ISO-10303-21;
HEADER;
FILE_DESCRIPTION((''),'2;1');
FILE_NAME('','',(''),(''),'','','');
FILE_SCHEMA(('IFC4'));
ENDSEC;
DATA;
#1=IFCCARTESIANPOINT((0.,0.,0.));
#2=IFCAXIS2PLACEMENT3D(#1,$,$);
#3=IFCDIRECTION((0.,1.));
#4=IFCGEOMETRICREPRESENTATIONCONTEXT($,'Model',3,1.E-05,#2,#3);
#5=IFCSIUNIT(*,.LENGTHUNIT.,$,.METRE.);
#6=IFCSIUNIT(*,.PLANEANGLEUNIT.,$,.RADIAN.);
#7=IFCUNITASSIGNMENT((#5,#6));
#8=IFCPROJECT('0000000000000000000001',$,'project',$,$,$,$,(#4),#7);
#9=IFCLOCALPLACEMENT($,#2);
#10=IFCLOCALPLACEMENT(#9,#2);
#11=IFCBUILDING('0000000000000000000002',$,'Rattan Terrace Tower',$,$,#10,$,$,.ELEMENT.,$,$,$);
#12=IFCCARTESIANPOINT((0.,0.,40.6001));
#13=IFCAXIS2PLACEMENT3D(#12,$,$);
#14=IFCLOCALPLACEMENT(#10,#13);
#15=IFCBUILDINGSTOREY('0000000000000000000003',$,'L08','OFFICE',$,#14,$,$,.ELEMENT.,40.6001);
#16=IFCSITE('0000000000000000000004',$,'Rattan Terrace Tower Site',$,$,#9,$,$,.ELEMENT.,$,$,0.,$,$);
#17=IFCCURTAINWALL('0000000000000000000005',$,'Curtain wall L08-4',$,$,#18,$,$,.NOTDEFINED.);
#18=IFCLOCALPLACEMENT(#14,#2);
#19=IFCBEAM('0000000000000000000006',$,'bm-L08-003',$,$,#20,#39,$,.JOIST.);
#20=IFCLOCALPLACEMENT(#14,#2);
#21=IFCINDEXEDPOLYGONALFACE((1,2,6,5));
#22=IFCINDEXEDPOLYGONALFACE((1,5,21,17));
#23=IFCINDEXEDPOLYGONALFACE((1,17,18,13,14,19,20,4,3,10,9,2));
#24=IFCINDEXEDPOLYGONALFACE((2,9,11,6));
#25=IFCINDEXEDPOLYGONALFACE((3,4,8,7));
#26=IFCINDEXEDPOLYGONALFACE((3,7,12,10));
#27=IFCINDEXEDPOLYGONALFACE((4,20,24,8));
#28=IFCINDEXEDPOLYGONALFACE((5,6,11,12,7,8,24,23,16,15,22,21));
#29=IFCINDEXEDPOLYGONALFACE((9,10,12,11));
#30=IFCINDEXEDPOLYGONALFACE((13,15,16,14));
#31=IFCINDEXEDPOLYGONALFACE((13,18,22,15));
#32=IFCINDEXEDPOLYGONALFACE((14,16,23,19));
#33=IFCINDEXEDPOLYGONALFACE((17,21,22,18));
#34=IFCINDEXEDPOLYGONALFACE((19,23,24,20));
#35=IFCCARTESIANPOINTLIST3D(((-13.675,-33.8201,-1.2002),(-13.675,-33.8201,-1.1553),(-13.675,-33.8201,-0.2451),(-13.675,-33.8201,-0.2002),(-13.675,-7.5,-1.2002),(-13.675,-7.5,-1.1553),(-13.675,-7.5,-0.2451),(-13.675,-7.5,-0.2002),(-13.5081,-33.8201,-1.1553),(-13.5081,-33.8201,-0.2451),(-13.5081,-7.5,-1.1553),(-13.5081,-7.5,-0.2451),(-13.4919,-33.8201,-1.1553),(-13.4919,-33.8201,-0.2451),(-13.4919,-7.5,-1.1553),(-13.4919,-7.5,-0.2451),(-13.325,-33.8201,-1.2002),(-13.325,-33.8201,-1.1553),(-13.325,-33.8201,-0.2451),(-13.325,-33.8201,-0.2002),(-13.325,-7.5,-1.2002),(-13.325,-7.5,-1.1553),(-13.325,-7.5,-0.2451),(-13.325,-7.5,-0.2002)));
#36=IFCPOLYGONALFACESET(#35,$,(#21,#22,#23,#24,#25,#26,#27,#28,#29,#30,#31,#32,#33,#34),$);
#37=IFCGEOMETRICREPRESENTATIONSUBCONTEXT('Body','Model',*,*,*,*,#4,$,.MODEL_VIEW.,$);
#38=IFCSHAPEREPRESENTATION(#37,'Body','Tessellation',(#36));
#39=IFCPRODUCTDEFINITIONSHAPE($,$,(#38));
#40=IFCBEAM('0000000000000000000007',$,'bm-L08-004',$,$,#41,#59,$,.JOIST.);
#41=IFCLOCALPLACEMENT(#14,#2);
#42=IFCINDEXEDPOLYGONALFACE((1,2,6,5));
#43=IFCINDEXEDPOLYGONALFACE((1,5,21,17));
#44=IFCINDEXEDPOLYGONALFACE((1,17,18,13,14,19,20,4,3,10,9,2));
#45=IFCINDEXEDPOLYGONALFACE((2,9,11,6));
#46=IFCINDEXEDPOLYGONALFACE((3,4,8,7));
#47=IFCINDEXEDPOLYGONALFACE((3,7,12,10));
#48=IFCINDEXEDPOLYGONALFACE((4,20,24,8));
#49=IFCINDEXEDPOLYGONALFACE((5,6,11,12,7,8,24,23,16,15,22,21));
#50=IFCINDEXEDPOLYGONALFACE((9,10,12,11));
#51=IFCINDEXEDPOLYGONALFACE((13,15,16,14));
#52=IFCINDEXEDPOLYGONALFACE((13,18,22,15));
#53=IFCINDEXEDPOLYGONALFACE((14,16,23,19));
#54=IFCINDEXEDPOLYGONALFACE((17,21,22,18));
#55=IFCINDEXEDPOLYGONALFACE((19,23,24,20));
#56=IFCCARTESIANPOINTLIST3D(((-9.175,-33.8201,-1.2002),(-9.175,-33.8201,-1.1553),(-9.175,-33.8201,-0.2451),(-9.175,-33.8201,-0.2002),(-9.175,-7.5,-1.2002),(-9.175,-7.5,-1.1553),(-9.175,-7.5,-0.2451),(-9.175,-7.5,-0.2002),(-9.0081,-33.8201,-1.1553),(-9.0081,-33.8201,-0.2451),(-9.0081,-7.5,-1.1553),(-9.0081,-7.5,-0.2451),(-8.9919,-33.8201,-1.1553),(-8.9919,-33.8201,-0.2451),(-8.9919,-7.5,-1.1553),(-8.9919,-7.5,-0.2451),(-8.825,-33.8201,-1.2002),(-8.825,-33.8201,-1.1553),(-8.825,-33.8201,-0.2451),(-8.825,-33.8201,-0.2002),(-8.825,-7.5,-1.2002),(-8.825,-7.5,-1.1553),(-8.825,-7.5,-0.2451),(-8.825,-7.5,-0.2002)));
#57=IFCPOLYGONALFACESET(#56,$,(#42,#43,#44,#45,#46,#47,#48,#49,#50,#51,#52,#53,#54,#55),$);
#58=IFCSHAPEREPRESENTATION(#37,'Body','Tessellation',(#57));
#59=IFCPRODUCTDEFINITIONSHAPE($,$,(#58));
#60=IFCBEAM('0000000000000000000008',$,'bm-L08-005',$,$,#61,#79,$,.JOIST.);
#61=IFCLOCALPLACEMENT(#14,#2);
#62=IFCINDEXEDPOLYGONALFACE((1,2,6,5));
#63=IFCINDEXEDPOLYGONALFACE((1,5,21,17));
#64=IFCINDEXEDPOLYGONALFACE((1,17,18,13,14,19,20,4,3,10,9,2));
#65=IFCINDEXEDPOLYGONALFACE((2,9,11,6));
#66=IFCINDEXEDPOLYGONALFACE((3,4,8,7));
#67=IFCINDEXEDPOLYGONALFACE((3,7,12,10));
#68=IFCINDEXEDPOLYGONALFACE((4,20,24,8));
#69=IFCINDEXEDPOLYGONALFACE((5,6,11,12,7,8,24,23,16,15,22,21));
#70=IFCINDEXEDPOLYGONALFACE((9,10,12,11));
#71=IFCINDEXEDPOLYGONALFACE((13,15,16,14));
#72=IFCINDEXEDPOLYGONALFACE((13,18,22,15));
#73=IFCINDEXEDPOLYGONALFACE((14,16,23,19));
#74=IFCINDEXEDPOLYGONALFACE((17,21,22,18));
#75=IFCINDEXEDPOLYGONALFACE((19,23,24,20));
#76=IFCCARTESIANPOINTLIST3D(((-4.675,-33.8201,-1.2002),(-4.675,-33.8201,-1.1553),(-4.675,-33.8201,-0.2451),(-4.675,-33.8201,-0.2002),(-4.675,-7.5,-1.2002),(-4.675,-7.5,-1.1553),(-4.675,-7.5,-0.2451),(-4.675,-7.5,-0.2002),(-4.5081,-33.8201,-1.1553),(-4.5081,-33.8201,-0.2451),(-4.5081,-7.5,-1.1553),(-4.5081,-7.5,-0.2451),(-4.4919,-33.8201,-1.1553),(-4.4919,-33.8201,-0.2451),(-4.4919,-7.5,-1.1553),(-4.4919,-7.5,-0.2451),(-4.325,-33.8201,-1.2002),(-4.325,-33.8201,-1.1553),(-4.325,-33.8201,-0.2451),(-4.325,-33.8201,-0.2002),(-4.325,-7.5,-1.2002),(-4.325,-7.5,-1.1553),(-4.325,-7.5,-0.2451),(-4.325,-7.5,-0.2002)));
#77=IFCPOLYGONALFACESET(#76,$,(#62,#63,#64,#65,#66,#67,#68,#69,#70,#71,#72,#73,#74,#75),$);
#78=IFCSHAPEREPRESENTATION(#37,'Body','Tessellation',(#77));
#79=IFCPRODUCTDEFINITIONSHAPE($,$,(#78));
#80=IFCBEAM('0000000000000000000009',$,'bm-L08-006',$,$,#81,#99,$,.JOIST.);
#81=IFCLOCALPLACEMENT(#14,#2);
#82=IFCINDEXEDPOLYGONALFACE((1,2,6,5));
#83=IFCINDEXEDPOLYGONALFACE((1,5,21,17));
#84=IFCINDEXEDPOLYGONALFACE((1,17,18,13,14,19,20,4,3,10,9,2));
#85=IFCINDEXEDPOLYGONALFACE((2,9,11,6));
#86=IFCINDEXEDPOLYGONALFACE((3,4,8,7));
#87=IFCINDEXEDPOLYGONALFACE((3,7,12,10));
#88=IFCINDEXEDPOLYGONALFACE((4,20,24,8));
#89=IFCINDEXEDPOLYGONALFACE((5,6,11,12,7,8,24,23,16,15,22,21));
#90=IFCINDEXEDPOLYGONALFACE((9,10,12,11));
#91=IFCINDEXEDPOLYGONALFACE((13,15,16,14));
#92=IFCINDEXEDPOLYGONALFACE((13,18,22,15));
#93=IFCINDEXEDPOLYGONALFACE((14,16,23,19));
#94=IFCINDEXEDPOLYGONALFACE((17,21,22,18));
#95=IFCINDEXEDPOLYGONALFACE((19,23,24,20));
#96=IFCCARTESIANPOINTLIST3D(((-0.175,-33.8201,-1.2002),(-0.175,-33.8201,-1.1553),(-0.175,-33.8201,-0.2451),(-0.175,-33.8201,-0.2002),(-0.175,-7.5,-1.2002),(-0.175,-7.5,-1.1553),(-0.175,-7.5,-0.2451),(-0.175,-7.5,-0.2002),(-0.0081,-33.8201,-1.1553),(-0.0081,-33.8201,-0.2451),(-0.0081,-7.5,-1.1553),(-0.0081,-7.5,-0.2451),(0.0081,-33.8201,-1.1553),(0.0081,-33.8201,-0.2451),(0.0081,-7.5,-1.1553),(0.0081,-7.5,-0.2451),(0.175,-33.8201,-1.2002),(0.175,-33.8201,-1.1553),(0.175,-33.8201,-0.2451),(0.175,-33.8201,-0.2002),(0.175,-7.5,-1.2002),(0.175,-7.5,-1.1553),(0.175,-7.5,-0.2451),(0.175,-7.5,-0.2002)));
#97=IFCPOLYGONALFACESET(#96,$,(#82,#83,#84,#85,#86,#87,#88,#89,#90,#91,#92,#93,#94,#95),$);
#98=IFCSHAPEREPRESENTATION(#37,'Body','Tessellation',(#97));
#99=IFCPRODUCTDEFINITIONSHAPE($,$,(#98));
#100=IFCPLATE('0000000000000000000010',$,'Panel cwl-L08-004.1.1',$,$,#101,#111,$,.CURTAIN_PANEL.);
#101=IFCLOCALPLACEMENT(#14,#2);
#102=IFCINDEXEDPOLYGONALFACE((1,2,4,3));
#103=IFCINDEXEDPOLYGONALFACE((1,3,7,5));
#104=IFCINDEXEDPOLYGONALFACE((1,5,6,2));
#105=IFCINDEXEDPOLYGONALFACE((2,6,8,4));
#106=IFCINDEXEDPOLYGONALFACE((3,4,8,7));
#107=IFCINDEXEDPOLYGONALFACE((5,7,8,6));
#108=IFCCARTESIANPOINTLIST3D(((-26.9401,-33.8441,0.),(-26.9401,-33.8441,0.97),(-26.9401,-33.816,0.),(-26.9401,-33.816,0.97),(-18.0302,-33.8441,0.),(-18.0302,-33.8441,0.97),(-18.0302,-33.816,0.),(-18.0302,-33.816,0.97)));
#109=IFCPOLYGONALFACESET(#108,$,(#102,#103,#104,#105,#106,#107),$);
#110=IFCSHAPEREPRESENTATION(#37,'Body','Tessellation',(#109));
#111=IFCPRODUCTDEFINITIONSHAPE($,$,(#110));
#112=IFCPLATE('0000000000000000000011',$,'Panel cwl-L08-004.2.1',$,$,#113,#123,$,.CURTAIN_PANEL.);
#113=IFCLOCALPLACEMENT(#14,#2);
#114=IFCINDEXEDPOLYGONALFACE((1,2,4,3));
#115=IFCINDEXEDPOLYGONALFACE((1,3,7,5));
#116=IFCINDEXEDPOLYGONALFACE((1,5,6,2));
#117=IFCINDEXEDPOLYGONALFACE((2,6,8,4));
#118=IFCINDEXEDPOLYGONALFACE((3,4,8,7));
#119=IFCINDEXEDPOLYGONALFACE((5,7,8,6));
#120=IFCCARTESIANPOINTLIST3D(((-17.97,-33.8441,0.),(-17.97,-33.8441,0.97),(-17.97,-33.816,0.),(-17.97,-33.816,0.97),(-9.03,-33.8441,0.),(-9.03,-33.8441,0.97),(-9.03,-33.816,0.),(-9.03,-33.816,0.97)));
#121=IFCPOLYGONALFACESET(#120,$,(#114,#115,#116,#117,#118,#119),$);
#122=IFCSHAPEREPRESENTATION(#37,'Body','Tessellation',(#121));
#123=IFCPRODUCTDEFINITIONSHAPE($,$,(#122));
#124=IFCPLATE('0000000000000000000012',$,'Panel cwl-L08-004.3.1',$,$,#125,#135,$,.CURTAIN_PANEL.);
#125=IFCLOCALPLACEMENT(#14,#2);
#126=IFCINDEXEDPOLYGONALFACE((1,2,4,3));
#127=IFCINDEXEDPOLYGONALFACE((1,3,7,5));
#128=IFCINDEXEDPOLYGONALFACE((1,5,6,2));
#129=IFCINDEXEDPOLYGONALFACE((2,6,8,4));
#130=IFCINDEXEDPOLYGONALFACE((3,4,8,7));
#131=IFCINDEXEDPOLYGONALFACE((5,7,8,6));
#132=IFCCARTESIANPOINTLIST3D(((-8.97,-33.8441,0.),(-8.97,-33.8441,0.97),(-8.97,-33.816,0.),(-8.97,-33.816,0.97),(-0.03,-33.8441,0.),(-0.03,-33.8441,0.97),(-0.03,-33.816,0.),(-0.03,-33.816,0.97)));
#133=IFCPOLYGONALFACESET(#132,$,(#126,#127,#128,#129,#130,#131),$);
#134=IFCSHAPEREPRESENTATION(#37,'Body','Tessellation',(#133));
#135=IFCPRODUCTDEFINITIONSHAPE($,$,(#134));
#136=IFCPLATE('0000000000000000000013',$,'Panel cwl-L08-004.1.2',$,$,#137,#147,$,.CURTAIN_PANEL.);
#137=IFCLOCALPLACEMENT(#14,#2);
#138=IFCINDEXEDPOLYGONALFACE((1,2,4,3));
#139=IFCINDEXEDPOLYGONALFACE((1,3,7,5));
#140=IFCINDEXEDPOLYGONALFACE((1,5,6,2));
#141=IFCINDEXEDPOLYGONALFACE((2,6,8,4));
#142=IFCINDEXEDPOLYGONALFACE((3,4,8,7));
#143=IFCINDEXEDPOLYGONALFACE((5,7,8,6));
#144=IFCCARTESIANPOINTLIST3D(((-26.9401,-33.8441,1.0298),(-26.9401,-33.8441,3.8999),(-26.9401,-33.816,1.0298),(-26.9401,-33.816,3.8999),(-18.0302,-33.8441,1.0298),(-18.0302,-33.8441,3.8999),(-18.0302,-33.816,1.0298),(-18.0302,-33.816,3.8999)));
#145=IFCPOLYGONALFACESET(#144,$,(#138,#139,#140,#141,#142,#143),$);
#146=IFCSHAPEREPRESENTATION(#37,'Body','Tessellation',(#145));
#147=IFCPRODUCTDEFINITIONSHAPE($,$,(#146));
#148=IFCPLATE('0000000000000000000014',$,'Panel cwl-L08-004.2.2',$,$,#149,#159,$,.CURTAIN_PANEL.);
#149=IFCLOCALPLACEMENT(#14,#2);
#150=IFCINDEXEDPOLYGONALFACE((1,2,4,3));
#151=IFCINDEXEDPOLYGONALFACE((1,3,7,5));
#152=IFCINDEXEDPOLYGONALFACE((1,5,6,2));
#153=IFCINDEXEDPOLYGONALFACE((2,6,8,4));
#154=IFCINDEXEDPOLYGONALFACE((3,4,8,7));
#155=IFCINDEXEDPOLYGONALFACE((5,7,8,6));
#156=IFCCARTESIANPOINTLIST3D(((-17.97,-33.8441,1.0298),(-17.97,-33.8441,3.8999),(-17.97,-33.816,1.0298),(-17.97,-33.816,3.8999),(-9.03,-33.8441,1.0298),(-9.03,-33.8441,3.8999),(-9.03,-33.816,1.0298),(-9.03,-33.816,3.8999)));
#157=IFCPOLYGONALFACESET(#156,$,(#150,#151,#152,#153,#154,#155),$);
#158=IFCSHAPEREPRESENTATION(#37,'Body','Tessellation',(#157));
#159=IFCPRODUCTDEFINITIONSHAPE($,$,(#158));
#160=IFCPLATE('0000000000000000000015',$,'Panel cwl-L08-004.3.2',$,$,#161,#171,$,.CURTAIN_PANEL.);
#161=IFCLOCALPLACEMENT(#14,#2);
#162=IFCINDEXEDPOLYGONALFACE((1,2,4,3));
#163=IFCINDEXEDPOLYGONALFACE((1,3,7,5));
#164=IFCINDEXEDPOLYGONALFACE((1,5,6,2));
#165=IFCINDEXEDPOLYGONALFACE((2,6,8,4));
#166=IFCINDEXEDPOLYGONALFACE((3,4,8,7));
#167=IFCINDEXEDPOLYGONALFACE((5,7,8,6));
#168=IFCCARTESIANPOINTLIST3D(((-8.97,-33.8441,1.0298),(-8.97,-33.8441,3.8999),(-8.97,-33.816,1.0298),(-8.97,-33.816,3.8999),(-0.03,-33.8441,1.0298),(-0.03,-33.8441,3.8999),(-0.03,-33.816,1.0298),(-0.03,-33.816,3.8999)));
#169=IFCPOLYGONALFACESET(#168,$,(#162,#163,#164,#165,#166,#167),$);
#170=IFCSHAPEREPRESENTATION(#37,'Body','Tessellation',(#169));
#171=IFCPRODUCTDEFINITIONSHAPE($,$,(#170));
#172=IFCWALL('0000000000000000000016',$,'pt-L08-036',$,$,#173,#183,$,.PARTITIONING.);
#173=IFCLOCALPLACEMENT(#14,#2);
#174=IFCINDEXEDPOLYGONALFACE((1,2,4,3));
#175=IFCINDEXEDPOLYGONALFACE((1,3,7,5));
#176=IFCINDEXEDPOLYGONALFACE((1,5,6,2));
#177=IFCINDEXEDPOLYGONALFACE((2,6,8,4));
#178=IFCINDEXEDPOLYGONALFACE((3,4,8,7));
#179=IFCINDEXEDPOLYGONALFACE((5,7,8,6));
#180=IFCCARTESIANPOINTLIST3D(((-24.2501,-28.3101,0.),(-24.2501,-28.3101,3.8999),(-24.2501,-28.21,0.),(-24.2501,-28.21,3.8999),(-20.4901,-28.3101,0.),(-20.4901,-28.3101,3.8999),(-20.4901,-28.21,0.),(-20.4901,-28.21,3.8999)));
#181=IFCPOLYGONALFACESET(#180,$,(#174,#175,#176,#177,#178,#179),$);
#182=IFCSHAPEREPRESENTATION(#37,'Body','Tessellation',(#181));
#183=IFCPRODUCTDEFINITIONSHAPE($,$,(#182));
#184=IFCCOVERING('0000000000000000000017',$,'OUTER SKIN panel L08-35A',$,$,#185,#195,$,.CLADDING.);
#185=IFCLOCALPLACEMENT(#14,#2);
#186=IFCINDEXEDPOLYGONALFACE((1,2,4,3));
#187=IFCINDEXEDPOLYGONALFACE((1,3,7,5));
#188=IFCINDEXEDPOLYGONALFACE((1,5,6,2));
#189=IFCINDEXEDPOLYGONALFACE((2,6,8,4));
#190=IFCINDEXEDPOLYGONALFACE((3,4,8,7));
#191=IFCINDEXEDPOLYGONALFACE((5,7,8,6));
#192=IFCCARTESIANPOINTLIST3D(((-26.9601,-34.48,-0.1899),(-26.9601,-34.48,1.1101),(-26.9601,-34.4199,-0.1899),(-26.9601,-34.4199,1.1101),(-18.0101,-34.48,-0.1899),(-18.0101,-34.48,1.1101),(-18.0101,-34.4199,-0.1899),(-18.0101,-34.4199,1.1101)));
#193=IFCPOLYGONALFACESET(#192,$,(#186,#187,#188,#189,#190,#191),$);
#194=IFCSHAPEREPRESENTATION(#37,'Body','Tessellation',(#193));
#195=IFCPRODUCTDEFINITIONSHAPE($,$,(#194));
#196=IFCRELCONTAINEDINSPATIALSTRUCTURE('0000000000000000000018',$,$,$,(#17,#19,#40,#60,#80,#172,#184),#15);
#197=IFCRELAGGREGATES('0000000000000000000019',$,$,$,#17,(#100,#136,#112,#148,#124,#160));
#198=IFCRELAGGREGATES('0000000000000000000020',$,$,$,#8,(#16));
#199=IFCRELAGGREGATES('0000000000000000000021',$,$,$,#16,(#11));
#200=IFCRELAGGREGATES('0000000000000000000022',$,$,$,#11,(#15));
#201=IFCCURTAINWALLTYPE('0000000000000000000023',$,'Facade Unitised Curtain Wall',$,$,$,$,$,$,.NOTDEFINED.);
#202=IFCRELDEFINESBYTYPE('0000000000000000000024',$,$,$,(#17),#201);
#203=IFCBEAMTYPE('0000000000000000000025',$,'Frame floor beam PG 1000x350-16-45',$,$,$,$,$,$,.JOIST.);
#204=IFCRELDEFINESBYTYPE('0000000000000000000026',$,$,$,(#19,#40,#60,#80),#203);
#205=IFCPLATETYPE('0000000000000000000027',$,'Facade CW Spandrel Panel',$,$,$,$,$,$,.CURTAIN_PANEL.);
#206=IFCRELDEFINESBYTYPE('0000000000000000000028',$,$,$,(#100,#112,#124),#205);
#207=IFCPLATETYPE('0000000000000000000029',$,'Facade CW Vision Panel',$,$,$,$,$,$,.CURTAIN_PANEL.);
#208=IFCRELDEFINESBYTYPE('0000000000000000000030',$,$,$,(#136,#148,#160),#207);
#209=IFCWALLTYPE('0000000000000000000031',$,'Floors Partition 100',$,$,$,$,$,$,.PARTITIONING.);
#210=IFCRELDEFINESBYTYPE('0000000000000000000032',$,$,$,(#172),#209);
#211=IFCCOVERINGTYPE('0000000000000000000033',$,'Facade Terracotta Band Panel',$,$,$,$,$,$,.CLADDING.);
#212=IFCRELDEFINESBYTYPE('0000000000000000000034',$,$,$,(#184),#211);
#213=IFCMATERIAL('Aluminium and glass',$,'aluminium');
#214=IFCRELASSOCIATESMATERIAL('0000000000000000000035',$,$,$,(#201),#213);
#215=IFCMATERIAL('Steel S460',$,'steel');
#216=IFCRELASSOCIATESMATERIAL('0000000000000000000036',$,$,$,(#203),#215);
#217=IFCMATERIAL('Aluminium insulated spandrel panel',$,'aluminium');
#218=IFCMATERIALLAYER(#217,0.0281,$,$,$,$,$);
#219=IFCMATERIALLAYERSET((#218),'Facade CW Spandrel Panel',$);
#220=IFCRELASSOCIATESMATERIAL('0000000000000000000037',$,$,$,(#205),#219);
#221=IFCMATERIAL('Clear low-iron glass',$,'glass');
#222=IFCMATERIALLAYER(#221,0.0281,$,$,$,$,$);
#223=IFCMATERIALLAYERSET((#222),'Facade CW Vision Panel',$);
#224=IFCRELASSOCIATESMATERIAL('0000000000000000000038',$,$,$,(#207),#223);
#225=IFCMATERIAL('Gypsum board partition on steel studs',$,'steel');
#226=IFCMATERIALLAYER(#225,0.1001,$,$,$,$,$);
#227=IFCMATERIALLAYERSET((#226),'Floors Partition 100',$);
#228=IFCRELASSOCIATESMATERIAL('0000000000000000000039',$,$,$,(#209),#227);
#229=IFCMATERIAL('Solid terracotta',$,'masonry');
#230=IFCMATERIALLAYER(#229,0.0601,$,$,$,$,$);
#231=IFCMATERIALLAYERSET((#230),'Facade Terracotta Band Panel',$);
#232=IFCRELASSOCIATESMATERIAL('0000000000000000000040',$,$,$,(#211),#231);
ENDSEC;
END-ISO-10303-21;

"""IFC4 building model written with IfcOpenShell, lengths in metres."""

from ifc_helpers import new_model, si_unit, direction, frame, frame_2d, origin, origin_2d, place, context, subcontext, project, spatial, rectangle, i_section, extrude, material, layer, layer_set, material_profile, profile_set, type_object, element, aggregate, save


model = new_model("IFC4")

# Units and contexts
model_context = context("Model", 3, precision=1e-05, world=origin(), true_north=direction((0.0, 1.0)))
body_context = subcontext(model_context, "Body", "Model", "MODEL_VIEW")
ifc_project = project(units=[si_unit("LENGTHUNIT", "METRE"), si_unit("PLANEANGLEUNIT", "RADIAN")], contexts=[model_context])

# Site, building, storey
site_placement = place(None, origin())
site = spatial("IfcSite", under=ifc_project, at=site_placement, Name="Rattan Terrace Tower Site", CompositionType="ELEMENT", RefElevation=0.0)
building_placement = place(site_placement, origin())
building = spatial("IfcBuilding", under=site, at=building_placement, Name="Rattan Terrace Tower", CompositionType="ELEMENT")
storey_placement = place(building_placement, frame((0.0, 0.0, 40.6001)))
storey = spatial("IfcBuildingStorey", under=building, at=storey_placement, Name="L08", Description="OFFICE", CompositionType="ELEMENT", Elevation=40.6001)

# Curtain wall
ifc_material_1 = material(Name="Aluminium and glass", Category="aluminium")
curtain_wall_type = type_object("IfcCurtainWallType", Name="Facade Unitised Curtain Wall", PredefinedType="NOTDEFINED", material=ifc_material_1)
curtain_wall_placement = place(storey_placement, origin())
curtain_wall = element("IfcCurtainWall", 1, at=curtain_wall_placement, inside=storey, type_object=curtain_wall_type, Name="Curtain wall L08-4", PredefinedType="NOTDEFINED")

# Beams
ifc_material_2 = material(Name="Steel S460", Category="steel")
ifc_material_profile_1 = material_profile(ifc_material_2, i_section(OverallWidth=0.3501, OverallDepth=1.0, WebThickness=0.0161, FlangeThickness=0.0449, at=origin_2d()), Name="PG 1000x350-16-45")
ifc_profile_set_1 = profile_set([ifc_material_profile_1], Name="Steel S460")
beam_type_1 = type_object("IfcBeamType", Name="Frame floor beam PG 1000x350-16-45", PredefinedType="JOIST", material=ifc_profile_set_1)
for number, where, z_axis, x_axis, name in (
    (2, (-13.5, -33.8201, -0.7002), (0.0, 1.0, 0.0), (-1.0, 0.0, 0.0), "bm-L08-003"),
    (3, (-9.0, -33.8201, -0.7002), (0.0, 1.0, 0.0), (-1.0, 0.0, 0.0), "bm-L08-004"),
    (4, (-4.5, -33.8201, -0.7002), (0.0, 1.0, 0.0), (-1.0, 0.0, 0.0), "bm-L08-005"),
    (5, (0.0, -33.8201, -0.7002), (0.0, 1.0, 0.0), (-1.0, 0.0, 0.0), "bm-L08-006"),
):
    element("IfcBeam", number, at=place(storey_placement, frame(where, z_axis=z_axis, x_axis=x_axis)), inside=storey, type_object=beam_type_1, Name=name, PredefinedType="JOIST", context=body_context, shape_type="SweptSolid", body=[
        extrude(i_section(OverallWidth=0.3501, OverallDepth=1.0, WebThickness=0.0161, FlangeThickness=0.0449, at=origin_2d()), origin(), (0.0, 0.0, 1.0), 26.3201),
    ])

# Plates
ifc_material_3 = material(Name="Aluminium insulated spandrel panel", Category="aluminium")
ifc_layer_1 = layer(ifc_material_3, 0.0281)
ifc_layer_set_1 = layer_set([ifc_layer_1], Name="Facade CW Spandrel Panel")
plate_type_1 = type_object("IfcPlateType", Name="Facade CW Spandrel Panel", PredefinedType="CURTAIN_PANEL", material=ifc_layer_set_1)
plate_1_placement = place(storey_placement, frame((-22.4851, -33.8301, 0.0), z_axis=(0.0, 0.0, 1.0), x_axis=(1.0, 0.0, 0.0)))
plate_1 = element("IfcPlate", 6, at=plate_1_placement, type_object=plate_type_1, Name="Panel cwl-L08-004.1.1", PredefinedType="CURTAIN_PANEL", context=body_context, shape_type="SweptSolid", body=[
    extrude(rectangle(XDim=8.9099, YDim=0.0281, at=origin_2d()), origin(), (0.0, 0.0, 1.0), 0.97),
])
plate_2_placement = place(storey_placement, frame((-13.5, -33.8301, 0.0), z_axis=(0.0, 0.0, 1.0), x_axis=(1.0, 0.0, 0.0)))
plate_2 = element("IfcPlate", 7, at=plate_2_placement, type_object=plate_type_1, Name="Panel cwl-L08-004.2.1", PredefinedType="CURTAIN_PANEL", context=body_context, shape_type="SweptSolid", body=[
    extrude(rectangle(XDim=8.9399, YDim=0.0281, at=origin_2d()), origin(), (0.0, 0.0, 1.0), 0.97),
])
plate_3_placement = place(storey_placement, frame((-4.5, -33.8301, 0.0), z_axis=(0.0, 0.0, 1.0), x_axis=(1.0, 0.0, 0.0)))
plate_3 = element("IfcPlate", 8, at=plate_3_placement, type_object=plate_type_1, Name="Panel cwl-L08-004.3.1", PredefinedType="CURTAIN_PANEL", context=body_context, shape_type="SweptSolid", body=[
    extrude(rectangle(XDim=8.9399, YDim=0.0281, at=origin_2d()), origin(), (0.0, 0.0, 1.0), 0.97),
])
ifc_material_4 = material(Name="Clear low-iron glass", Category="glass")
ifc_layer_2 = layer(ifc_material_4, 0.0281)
ifc_layer_set_2 = layer_set([ifc_layer_2], Name="Facade CW Vision Panel")
plate_type_2 = type_object("IfcPlateType", Name="Facade CW Vision Panel", PredefinedType="CURTAIN_PANEL", material=ifc_layer_set_2)
plate_4_placement = place(storey_placement, frame((-22.4851, -33.8301, 1.0298), z_axis=(0.0, 0.0, 1.0), x_axis=(1.0, 0.0, 0.0)))
plate_4 = element("IfcPlate", 9, at=plate_4_placement, type_object=plate_type_2, Name="Panel cwl-L08-004.1.2", PredefinedType="CURTAIN_PANEL", context=body_context, shape_type="SweptSolid", body=[
    extrude(rectangle(XDim=8.9099, YDim=0.0281, at=origin_2d()), origin(), (0.0, 0.0, 1.0), 2.8701),
])
plate_5_placement = place(storey_placement, frame((-13.5, -33.8301, 1.0298), z_axis=(0.0, 0.0, 1.0), x_axis=(1.0, 0.0, 0.0)))
plate_5 = element("IfcPlate", 10, at=plate_5_placement, type_object=plate_type_2, Name="Panel cwl-L08-004.2.2", PredefinedType="CURTAIN_PANEL", context=body_context, shape_type="SweptSolid", body=[
    extrude(rectangle(XDim=8.9399, YDim=0.0281, at=origin_2d()), origin(), (0.0, 0.0, 1.0), 2.8701),
])
plate_6_placement = place(storey_placement, frame((-4.5, -33.8301, 1.0298), z_axis=(0.0, 0.0, 1.0), x_axis=(1.0, 0.0, 0.0)))
plate_6 = element("IfcPlate", 11, at=plate_6_placement, type_object=plate_type_2, Name="Panel cwl-L08-004.3.2", PredefinedType="CURTAIN_PANEL", context=body_context, shape_type="SweptSolid", body=[
    extrude(rectangle(XDim=8.9399, YDim=0.0281, at=origin_2d()), origin(), (0.0, 0.0, 1.0), 2.8701),
])
aggregate(curtain_wall, [plate_1, plate_4, plate_2, plate_5, plate_3, plate_6])

# Wall
ifc_material_5 = material(Name="Gypsum board partition on steel studs", Category="steel")
ifc_layer_3 = layer(ifc_material_5, 0.1001)
ifc_layer_set_3 = layer_set([ifc_layer_3], Name="Floors Partition 100")
wall_type = type_object("IfcWallType", Name="Floors Partition 100", PredefinedType="PARTITIONING", material=ifc_layer_set_3)
wall_placement = place(storey_placement, frame((-24.25, -28.26, 0.0), z_axis=(0.0, 0.0, 1.0), x_axis=(1.0, 0.0, 0.0)))
element("IfcWall", 12, at=wall_placement, inside=storey, type_object=wall_type, Name="pt-L08-036", PredefinedType="PARTITIONING", context=body_context, shape_type="SweptSolid", body=[
    extrude(rectangle(XDim=3.76, YDim=0.1001, at=frame_2d((1.8799, 0.0))), origin(), (0.0, 0.0, 1.0), 3.8999),
])

# Covering
ifc_material_6 = material(Name="Solid terracotta", Category="masonry")
ifc_layer_4 = layer(ifc_material_6, 0.0601)
ifc_layer_set_4 = layer_set([ifc_layer_4], Name="Facade Terracotta Band Panel")
covering_type_1 = type_object("IfcCoveringType", Name="Facade Terracotta Band Panel", PredefinedType="CLADDING", material=ifc_layer_set_4)
covering_1_placement = place(storey_placement, frame((-22.4851, -34.45, -0.1899), z_axis=(0.0, 0.0, 1.0), x_axis=(1.0, 0.0, 0.0)))
element("IfcCovering", 13, at=covering_1_placement, inside=storey, type_object=covering_type_1, Name="OUTER SKIN panel L08-35A", PredefinedType="CLADDING", context=body_context, shape_type="SweptSolid", body=[
    extrude(rectangle(XDim=8.95, YDim=0.0601, at=origin_2d()), origin(), (0.0, 0.0, 1.0), 1.3),
])

save(model, "model.ifc")
